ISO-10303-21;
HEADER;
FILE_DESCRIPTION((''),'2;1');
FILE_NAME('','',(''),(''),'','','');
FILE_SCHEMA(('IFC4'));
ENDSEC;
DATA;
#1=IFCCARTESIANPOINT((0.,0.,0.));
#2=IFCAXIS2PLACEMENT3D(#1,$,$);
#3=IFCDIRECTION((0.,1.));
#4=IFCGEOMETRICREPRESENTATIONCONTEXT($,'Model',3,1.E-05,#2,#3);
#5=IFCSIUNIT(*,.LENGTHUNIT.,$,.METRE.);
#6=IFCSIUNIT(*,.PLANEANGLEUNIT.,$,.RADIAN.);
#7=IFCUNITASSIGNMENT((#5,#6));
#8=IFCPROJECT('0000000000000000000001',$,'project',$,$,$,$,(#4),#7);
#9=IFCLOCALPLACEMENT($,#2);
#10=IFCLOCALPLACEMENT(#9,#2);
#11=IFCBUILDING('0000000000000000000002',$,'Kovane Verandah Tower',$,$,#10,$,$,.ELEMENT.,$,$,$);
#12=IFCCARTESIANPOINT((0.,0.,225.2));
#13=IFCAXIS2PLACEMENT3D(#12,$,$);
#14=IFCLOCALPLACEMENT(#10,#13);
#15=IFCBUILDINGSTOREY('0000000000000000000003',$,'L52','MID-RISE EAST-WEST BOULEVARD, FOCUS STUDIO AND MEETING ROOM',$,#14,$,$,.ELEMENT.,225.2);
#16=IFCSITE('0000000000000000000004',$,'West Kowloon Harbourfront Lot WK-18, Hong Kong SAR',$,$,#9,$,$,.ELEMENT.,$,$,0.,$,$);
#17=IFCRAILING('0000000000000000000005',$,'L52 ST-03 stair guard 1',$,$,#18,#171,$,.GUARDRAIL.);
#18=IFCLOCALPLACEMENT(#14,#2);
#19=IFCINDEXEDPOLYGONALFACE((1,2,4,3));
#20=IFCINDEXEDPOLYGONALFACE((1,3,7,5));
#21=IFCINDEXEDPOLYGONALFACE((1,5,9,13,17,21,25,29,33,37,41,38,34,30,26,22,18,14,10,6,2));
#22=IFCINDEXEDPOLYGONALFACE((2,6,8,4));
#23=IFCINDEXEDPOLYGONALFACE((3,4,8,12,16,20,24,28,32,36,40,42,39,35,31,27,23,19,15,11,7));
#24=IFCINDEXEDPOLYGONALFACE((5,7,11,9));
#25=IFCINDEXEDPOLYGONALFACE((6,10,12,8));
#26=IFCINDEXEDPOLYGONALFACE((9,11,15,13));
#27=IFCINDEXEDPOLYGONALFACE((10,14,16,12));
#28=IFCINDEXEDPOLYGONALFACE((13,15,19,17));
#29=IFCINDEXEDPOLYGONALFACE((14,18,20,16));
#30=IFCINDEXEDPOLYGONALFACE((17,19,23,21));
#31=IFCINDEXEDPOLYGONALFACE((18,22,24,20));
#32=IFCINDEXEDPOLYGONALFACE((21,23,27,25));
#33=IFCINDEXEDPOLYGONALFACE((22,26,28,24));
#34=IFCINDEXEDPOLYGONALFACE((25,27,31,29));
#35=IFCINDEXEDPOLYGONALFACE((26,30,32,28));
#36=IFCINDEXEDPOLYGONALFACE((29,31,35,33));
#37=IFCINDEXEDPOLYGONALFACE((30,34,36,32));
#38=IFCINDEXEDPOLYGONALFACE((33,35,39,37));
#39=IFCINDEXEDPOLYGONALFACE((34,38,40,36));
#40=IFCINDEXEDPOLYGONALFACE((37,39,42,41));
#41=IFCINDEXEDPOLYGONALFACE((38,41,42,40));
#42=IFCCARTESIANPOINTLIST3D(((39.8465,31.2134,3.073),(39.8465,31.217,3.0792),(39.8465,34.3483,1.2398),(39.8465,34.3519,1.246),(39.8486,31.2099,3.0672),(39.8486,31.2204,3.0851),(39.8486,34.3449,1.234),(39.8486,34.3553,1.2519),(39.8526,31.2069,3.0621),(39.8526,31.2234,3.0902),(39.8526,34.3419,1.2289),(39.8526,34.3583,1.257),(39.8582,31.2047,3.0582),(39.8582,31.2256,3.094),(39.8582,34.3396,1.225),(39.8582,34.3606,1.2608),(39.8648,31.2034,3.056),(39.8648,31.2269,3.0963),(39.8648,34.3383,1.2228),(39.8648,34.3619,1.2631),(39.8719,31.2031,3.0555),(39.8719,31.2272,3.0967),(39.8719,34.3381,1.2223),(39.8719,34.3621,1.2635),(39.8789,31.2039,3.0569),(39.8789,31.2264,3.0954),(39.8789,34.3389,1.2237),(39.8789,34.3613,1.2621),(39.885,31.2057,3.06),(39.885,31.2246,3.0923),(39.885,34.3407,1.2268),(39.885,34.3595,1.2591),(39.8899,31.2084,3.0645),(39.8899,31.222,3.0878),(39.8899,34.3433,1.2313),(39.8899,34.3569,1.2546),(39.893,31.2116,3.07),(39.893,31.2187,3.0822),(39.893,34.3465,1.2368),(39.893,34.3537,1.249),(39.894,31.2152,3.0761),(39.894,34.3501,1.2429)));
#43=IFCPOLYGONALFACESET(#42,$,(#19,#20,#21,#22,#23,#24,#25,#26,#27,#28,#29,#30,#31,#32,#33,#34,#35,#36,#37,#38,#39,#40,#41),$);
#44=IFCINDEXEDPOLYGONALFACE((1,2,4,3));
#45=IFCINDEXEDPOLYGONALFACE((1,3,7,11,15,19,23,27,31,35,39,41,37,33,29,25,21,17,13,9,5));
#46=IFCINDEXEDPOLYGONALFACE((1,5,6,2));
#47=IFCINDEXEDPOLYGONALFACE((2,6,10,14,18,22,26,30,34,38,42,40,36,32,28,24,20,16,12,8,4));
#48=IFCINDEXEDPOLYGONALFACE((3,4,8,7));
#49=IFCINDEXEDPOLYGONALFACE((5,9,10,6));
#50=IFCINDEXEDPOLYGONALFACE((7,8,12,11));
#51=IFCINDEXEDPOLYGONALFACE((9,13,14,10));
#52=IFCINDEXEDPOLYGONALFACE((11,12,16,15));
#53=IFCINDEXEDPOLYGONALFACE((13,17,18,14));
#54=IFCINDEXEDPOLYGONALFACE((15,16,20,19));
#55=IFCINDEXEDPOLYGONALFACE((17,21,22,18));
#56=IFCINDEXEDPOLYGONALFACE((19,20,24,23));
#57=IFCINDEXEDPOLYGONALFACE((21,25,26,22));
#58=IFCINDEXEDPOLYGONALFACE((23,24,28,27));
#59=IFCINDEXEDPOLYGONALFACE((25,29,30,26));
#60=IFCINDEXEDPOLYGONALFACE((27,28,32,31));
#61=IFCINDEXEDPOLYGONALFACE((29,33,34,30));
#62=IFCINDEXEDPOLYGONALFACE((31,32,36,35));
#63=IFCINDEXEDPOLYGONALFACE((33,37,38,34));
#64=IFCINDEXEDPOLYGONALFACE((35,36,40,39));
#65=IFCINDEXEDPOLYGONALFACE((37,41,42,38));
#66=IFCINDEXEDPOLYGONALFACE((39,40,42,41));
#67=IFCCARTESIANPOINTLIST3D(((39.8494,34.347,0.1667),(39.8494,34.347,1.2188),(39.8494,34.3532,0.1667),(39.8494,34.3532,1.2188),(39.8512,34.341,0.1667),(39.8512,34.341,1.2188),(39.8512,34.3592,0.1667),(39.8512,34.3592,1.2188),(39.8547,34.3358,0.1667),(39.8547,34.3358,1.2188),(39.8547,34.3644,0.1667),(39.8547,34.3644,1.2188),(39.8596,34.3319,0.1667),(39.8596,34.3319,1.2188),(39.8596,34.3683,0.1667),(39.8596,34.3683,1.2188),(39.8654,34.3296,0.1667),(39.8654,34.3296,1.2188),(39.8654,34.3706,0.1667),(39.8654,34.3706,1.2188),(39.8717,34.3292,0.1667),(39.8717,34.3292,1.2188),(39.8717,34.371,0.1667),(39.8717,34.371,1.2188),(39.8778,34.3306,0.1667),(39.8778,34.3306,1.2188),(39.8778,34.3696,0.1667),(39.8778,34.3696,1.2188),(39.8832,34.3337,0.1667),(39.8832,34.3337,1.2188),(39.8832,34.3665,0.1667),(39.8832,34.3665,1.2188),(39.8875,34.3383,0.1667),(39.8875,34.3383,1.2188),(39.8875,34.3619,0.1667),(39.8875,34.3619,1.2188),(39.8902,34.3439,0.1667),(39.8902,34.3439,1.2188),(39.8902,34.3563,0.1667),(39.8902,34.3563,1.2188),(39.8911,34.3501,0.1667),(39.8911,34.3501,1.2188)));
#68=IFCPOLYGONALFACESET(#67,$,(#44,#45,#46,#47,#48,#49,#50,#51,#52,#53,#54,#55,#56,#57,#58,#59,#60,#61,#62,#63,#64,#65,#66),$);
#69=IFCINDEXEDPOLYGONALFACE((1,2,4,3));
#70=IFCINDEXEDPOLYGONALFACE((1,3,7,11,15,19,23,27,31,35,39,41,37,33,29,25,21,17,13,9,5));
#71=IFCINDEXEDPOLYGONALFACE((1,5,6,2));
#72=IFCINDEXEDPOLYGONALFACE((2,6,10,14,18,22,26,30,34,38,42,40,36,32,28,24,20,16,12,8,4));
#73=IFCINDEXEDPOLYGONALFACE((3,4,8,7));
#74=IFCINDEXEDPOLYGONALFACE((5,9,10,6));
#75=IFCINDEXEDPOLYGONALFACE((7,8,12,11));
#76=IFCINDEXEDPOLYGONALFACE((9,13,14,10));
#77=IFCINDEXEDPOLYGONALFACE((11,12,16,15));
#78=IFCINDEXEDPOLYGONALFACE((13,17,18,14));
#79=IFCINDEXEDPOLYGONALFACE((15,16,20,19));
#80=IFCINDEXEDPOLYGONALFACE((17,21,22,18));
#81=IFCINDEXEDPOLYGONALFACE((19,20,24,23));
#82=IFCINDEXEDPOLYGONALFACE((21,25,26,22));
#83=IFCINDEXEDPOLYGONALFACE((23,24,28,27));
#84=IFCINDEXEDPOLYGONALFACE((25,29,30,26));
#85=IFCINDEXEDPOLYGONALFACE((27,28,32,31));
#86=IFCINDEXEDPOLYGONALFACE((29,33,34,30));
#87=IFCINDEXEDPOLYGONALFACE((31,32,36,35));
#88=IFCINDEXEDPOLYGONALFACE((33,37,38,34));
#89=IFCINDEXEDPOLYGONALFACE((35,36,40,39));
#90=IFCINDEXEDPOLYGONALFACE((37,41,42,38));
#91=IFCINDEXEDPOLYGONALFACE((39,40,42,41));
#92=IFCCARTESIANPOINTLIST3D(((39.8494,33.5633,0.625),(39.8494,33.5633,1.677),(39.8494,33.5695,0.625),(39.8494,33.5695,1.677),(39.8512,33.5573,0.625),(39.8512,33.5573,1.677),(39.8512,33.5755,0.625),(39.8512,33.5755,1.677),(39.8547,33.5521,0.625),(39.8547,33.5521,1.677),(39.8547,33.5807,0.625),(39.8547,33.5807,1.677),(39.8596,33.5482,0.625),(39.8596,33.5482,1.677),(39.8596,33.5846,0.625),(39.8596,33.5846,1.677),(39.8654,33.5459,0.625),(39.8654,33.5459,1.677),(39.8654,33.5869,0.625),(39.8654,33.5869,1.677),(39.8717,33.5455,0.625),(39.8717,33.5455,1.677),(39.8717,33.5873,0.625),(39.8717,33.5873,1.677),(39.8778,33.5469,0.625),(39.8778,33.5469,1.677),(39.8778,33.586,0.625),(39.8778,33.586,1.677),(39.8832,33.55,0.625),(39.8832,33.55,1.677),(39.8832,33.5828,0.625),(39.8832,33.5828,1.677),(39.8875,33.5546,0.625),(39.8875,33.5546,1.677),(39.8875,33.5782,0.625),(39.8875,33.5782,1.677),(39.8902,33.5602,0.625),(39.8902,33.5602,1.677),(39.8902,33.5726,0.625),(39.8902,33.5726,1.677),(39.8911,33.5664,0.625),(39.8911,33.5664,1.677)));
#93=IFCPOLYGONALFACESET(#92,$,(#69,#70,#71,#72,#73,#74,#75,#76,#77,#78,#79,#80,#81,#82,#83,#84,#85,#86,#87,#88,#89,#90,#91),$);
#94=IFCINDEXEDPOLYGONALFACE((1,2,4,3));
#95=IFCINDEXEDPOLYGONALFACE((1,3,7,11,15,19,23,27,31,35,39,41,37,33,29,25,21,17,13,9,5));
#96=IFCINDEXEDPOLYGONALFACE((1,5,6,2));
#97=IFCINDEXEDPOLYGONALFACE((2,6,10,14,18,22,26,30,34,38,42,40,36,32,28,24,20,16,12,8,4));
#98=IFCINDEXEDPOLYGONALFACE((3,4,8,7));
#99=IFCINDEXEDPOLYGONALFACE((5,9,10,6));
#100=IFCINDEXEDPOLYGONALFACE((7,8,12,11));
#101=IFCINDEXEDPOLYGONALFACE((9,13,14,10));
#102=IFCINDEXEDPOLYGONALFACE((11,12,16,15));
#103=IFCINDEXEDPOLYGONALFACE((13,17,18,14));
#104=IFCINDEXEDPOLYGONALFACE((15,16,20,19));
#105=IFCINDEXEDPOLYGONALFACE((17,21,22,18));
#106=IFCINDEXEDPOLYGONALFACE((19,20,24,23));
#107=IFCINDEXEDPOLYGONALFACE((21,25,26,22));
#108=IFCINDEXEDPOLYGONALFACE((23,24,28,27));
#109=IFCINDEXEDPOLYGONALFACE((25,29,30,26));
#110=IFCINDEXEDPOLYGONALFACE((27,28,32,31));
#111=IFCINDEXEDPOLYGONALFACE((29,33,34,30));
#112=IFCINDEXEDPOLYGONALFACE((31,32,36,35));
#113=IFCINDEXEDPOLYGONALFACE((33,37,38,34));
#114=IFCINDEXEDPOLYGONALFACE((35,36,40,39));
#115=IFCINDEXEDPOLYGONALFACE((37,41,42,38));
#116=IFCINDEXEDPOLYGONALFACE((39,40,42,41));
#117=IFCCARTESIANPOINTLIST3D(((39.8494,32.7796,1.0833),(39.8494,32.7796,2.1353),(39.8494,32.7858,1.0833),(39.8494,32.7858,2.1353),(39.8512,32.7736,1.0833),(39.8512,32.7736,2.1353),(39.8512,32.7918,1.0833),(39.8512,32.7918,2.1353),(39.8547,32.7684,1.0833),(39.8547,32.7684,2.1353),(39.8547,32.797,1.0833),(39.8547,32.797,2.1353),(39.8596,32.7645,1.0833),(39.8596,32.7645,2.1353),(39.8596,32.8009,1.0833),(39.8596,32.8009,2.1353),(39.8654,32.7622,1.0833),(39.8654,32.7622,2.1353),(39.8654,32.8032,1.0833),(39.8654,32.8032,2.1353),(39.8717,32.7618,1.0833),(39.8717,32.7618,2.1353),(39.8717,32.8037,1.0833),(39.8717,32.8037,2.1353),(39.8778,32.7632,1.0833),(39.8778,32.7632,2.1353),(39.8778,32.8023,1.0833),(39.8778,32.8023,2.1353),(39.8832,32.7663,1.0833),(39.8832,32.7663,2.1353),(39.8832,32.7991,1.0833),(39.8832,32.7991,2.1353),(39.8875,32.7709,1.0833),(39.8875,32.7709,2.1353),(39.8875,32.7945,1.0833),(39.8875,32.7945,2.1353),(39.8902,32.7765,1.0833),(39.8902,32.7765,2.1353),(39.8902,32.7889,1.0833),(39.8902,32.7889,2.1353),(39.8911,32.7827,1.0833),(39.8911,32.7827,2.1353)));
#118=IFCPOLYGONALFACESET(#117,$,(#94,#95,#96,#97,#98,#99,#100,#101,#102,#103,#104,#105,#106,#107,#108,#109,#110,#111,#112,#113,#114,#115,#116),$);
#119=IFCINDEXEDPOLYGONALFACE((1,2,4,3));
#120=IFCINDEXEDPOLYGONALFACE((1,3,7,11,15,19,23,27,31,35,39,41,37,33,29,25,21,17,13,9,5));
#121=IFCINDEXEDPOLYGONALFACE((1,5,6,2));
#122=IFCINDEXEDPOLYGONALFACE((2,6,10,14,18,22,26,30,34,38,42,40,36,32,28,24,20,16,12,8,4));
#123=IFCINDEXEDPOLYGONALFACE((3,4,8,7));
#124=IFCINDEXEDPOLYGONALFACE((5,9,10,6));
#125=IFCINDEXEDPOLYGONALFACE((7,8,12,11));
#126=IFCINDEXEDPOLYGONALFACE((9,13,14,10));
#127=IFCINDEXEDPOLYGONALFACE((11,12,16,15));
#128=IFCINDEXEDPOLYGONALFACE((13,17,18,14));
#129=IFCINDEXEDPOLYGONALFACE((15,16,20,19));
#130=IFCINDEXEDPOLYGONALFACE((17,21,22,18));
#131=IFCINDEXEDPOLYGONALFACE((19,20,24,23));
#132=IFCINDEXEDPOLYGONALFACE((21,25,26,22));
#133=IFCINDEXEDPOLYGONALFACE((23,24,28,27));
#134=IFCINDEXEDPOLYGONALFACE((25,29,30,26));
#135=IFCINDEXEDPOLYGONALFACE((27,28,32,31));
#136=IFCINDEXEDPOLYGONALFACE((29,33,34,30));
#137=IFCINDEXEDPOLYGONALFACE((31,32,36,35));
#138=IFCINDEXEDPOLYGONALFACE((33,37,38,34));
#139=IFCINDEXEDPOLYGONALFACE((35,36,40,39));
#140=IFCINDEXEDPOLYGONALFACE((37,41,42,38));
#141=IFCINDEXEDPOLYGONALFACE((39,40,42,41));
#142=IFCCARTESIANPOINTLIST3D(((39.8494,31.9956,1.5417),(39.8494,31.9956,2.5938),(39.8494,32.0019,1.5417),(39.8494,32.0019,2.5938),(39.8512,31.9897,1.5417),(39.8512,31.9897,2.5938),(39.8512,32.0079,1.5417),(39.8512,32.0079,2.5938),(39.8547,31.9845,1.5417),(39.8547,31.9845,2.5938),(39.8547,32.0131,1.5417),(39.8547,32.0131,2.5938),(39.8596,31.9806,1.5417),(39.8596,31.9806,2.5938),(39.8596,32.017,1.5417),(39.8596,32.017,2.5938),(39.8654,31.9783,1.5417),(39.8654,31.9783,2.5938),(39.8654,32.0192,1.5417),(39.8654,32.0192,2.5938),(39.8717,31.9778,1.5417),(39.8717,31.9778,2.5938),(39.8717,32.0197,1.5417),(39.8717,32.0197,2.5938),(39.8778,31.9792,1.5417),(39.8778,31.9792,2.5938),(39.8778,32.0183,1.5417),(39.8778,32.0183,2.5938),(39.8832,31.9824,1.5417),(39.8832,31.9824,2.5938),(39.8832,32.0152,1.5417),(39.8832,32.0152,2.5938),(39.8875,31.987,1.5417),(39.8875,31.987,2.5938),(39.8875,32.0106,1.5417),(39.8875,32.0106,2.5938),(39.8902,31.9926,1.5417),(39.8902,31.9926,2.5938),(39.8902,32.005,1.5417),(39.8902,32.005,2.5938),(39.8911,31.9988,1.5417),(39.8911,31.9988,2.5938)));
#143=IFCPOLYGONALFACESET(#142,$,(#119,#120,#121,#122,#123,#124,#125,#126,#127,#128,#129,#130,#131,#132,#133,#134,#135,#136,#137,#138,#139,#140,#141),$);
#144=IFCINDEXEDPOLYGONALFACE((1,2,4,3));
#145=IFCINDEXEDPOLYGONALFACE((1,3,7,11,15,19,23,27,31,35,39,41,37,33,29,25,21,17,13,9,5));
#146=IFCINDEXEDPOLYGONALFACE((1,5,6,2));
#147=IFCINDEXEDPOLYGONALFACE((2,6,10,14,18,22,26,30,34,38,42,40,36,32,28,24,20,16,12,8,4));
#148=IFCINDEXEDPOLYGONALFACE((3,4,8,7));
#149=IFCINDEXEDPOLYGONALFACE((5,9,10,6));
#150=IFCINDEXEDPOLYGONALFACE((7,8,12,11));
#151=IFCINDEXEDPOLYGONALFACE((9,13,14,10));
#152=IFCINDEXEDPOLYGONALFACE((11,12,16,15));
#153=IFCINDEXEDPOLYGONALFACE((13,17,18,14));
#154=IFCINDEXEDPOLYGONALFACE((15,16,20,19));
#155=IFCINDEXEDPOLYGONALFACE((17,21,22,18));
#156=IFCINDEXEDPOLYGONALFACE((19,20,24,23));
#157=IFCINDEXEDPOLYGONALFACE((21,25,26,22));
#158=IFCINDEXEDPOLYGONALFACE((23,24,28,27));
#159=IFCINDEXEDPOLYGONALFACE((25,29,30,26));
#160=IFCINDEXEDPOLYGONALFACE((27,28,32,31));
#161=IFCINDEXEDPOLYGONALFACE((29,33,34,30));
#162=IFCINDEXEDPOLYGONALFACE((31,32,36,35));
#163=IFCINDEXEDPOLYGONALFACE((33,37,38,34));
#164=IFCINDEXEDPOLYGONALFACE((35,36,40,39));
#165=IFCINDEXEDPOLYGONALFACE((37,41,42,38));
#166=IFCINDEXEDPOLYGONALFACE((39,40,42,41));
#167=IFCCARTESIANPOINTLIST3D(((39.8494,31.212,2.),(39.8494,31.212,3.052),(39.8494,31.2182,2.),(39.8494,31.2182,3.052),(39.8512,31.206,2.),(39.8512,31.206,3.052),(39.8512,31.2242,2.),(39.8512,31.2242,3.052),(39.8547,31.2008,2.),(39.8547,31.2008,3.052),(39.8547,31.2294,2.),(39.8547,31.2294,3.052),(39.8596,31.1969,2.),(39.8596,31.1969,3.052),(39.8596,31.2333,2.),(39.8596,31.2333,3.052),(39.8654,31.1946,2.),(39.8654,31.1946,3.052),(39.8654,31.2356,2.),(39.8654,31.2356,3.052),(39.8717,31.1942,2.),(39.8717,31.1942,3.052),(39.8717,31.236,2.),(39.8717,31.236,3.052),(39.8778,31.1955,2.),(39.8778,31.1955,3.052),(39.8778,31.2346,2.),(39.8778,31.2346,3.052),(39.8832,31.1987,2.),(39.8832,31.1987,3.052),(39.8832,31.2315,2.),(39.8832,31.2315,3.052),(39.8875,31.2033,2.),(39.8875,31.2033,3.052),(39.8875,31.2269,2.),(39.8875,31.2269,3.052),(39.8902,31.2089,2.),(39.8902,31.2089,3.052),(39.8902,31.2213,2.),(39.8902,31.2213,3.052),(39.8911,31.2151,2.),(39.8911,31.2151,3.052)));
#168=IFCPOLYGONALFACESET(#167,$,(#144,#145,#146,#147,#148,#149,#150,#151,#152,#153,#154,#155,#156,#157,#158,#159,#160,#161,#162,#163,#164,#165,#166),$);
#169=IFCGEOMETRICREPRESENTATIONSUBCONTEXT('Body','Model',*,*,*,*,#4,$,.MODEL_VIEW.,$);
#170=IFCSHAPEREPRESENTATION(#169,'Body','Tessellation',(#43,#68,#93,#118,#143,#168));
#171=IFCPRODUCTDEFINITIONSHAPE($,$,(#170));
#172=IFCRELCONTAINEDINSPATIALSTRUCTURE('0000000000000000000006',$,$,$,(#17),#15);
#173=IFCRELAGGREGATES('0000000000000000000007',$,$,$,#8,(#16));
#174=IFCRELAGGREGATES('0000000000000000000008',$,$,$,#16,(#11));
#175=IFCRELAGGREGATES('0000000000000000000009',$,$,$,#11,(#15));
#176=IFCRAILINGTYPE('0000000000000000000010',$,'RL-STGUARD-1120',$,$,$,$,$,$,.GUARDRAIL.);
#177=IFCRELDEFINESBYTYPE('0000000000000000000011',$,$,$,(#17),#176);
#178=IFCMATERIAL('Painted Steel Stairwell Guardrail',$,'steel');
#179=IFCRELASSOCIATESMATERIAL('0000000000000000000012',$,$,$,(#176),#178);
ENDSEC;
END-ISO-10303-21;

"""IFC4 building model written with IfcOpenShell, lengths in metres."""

from ifc_helpers import new_model, si_unit, direction, frame, origin, origin_2d, place, context, subcontext, project, spatial, circle, extrude, material, type_object, element, save


model = new_model("IFC4")

# Units and contexts
model_context = context("Model", 3, precision=1e-05, world=origin(), true_north=direction((0.0, 1.0)))
body_context = subcontext(model_context, "Body", "Model", "MODEL_VIEW")
ifc_project = project(units=[si_unit("LENGTHUNIT", "METRE"), si_unit("PLANEANGLEUNIT", "RADIAN")], contexts=[model_context])

# Site, building, storey
site_placement = place(None, origin())
site = spatial("IfcSite", under=ifc_project, at=site_placement, Name="West Kowloon Harbourfront Lot WK-18, Hong Kong SAR", CompositionType="ELEMENT", RefElevation=0.0)
building_placement = place(site_placement, origin())
building = spatial("IfcBuilding", under=site, at=building_placement, Name="Kovane Verandah Tower", CompositionType="ELEMENT")
storey_placement = place(building_placement, frame((0.0, 0.0, 225.2)))
storey = spatial("IfcBuildingStorey", under=building, at=storey_placement, Name="L52", Description="MID-RISE EAST-WEST BOULEVARD, FOCUS STUDIO AND MEETING ROOM", CompositionType="ELEMENT", Elevation=225.2)

# Railing
ifc_material_1 = material(Name="Painted Steel Stairwell Guardrail", Category="steel")
railing_type_1 = type_object("IfcRailingType", Name="RL-STGUARD-1120", PredefinedType="GUARDRAIL", material=ifc_material_1)
railing_1_placement = place(storey_placement, frame((39.8701, 34.3501, 0.1667)))
element("IfcRailing", 1, at=railing_1_placement, inside=storey, type_object=railing_type_1, Name="L52 ST-03 stair guard 1", PredefinedType="GUARDRAIL", context=body_context, shape_type="SweptSolid", body=[
    extrude(circle(Radius=0.0239, at=origin_2d()), frame((0.0, 0.0, 1.0762), z_axis=(0.0, -0.86324, 0.504794), x_axis=(1.0, 0.0, 0.0)), (0.0, 0.0, 1.0), 3.6316),
    extrude(circle(Radius=0.021, at=origin_2d()), origin(), (0.0, 0.0, 1.0), 1.052),
    extrude(circle(Radius=0.021, at=origin_2d()), frame((0.0, -0.7837, 0.4583)), (0.0, 0.0, 1.0), 1.052),
    extrude(circle(Radius=0.021, at=origin_2d()), frame((0.0, -1.5674, 0.9165)), (0.0, 0.0, 1.0), 1.052),
    extrude(circle(Radius=0.021, at=origin_2d()), frame((0.0, -2.3513, 1.375)), (0.0, 0.0, 1.0), 1.052),
    extrude(circle(Radius=0.021, at=origin_2d()), frame((0.0, -3.135, 1.8333)), (0.0, 0.0, 1.0), 1.052),
])

save(model, "model.ifc")
